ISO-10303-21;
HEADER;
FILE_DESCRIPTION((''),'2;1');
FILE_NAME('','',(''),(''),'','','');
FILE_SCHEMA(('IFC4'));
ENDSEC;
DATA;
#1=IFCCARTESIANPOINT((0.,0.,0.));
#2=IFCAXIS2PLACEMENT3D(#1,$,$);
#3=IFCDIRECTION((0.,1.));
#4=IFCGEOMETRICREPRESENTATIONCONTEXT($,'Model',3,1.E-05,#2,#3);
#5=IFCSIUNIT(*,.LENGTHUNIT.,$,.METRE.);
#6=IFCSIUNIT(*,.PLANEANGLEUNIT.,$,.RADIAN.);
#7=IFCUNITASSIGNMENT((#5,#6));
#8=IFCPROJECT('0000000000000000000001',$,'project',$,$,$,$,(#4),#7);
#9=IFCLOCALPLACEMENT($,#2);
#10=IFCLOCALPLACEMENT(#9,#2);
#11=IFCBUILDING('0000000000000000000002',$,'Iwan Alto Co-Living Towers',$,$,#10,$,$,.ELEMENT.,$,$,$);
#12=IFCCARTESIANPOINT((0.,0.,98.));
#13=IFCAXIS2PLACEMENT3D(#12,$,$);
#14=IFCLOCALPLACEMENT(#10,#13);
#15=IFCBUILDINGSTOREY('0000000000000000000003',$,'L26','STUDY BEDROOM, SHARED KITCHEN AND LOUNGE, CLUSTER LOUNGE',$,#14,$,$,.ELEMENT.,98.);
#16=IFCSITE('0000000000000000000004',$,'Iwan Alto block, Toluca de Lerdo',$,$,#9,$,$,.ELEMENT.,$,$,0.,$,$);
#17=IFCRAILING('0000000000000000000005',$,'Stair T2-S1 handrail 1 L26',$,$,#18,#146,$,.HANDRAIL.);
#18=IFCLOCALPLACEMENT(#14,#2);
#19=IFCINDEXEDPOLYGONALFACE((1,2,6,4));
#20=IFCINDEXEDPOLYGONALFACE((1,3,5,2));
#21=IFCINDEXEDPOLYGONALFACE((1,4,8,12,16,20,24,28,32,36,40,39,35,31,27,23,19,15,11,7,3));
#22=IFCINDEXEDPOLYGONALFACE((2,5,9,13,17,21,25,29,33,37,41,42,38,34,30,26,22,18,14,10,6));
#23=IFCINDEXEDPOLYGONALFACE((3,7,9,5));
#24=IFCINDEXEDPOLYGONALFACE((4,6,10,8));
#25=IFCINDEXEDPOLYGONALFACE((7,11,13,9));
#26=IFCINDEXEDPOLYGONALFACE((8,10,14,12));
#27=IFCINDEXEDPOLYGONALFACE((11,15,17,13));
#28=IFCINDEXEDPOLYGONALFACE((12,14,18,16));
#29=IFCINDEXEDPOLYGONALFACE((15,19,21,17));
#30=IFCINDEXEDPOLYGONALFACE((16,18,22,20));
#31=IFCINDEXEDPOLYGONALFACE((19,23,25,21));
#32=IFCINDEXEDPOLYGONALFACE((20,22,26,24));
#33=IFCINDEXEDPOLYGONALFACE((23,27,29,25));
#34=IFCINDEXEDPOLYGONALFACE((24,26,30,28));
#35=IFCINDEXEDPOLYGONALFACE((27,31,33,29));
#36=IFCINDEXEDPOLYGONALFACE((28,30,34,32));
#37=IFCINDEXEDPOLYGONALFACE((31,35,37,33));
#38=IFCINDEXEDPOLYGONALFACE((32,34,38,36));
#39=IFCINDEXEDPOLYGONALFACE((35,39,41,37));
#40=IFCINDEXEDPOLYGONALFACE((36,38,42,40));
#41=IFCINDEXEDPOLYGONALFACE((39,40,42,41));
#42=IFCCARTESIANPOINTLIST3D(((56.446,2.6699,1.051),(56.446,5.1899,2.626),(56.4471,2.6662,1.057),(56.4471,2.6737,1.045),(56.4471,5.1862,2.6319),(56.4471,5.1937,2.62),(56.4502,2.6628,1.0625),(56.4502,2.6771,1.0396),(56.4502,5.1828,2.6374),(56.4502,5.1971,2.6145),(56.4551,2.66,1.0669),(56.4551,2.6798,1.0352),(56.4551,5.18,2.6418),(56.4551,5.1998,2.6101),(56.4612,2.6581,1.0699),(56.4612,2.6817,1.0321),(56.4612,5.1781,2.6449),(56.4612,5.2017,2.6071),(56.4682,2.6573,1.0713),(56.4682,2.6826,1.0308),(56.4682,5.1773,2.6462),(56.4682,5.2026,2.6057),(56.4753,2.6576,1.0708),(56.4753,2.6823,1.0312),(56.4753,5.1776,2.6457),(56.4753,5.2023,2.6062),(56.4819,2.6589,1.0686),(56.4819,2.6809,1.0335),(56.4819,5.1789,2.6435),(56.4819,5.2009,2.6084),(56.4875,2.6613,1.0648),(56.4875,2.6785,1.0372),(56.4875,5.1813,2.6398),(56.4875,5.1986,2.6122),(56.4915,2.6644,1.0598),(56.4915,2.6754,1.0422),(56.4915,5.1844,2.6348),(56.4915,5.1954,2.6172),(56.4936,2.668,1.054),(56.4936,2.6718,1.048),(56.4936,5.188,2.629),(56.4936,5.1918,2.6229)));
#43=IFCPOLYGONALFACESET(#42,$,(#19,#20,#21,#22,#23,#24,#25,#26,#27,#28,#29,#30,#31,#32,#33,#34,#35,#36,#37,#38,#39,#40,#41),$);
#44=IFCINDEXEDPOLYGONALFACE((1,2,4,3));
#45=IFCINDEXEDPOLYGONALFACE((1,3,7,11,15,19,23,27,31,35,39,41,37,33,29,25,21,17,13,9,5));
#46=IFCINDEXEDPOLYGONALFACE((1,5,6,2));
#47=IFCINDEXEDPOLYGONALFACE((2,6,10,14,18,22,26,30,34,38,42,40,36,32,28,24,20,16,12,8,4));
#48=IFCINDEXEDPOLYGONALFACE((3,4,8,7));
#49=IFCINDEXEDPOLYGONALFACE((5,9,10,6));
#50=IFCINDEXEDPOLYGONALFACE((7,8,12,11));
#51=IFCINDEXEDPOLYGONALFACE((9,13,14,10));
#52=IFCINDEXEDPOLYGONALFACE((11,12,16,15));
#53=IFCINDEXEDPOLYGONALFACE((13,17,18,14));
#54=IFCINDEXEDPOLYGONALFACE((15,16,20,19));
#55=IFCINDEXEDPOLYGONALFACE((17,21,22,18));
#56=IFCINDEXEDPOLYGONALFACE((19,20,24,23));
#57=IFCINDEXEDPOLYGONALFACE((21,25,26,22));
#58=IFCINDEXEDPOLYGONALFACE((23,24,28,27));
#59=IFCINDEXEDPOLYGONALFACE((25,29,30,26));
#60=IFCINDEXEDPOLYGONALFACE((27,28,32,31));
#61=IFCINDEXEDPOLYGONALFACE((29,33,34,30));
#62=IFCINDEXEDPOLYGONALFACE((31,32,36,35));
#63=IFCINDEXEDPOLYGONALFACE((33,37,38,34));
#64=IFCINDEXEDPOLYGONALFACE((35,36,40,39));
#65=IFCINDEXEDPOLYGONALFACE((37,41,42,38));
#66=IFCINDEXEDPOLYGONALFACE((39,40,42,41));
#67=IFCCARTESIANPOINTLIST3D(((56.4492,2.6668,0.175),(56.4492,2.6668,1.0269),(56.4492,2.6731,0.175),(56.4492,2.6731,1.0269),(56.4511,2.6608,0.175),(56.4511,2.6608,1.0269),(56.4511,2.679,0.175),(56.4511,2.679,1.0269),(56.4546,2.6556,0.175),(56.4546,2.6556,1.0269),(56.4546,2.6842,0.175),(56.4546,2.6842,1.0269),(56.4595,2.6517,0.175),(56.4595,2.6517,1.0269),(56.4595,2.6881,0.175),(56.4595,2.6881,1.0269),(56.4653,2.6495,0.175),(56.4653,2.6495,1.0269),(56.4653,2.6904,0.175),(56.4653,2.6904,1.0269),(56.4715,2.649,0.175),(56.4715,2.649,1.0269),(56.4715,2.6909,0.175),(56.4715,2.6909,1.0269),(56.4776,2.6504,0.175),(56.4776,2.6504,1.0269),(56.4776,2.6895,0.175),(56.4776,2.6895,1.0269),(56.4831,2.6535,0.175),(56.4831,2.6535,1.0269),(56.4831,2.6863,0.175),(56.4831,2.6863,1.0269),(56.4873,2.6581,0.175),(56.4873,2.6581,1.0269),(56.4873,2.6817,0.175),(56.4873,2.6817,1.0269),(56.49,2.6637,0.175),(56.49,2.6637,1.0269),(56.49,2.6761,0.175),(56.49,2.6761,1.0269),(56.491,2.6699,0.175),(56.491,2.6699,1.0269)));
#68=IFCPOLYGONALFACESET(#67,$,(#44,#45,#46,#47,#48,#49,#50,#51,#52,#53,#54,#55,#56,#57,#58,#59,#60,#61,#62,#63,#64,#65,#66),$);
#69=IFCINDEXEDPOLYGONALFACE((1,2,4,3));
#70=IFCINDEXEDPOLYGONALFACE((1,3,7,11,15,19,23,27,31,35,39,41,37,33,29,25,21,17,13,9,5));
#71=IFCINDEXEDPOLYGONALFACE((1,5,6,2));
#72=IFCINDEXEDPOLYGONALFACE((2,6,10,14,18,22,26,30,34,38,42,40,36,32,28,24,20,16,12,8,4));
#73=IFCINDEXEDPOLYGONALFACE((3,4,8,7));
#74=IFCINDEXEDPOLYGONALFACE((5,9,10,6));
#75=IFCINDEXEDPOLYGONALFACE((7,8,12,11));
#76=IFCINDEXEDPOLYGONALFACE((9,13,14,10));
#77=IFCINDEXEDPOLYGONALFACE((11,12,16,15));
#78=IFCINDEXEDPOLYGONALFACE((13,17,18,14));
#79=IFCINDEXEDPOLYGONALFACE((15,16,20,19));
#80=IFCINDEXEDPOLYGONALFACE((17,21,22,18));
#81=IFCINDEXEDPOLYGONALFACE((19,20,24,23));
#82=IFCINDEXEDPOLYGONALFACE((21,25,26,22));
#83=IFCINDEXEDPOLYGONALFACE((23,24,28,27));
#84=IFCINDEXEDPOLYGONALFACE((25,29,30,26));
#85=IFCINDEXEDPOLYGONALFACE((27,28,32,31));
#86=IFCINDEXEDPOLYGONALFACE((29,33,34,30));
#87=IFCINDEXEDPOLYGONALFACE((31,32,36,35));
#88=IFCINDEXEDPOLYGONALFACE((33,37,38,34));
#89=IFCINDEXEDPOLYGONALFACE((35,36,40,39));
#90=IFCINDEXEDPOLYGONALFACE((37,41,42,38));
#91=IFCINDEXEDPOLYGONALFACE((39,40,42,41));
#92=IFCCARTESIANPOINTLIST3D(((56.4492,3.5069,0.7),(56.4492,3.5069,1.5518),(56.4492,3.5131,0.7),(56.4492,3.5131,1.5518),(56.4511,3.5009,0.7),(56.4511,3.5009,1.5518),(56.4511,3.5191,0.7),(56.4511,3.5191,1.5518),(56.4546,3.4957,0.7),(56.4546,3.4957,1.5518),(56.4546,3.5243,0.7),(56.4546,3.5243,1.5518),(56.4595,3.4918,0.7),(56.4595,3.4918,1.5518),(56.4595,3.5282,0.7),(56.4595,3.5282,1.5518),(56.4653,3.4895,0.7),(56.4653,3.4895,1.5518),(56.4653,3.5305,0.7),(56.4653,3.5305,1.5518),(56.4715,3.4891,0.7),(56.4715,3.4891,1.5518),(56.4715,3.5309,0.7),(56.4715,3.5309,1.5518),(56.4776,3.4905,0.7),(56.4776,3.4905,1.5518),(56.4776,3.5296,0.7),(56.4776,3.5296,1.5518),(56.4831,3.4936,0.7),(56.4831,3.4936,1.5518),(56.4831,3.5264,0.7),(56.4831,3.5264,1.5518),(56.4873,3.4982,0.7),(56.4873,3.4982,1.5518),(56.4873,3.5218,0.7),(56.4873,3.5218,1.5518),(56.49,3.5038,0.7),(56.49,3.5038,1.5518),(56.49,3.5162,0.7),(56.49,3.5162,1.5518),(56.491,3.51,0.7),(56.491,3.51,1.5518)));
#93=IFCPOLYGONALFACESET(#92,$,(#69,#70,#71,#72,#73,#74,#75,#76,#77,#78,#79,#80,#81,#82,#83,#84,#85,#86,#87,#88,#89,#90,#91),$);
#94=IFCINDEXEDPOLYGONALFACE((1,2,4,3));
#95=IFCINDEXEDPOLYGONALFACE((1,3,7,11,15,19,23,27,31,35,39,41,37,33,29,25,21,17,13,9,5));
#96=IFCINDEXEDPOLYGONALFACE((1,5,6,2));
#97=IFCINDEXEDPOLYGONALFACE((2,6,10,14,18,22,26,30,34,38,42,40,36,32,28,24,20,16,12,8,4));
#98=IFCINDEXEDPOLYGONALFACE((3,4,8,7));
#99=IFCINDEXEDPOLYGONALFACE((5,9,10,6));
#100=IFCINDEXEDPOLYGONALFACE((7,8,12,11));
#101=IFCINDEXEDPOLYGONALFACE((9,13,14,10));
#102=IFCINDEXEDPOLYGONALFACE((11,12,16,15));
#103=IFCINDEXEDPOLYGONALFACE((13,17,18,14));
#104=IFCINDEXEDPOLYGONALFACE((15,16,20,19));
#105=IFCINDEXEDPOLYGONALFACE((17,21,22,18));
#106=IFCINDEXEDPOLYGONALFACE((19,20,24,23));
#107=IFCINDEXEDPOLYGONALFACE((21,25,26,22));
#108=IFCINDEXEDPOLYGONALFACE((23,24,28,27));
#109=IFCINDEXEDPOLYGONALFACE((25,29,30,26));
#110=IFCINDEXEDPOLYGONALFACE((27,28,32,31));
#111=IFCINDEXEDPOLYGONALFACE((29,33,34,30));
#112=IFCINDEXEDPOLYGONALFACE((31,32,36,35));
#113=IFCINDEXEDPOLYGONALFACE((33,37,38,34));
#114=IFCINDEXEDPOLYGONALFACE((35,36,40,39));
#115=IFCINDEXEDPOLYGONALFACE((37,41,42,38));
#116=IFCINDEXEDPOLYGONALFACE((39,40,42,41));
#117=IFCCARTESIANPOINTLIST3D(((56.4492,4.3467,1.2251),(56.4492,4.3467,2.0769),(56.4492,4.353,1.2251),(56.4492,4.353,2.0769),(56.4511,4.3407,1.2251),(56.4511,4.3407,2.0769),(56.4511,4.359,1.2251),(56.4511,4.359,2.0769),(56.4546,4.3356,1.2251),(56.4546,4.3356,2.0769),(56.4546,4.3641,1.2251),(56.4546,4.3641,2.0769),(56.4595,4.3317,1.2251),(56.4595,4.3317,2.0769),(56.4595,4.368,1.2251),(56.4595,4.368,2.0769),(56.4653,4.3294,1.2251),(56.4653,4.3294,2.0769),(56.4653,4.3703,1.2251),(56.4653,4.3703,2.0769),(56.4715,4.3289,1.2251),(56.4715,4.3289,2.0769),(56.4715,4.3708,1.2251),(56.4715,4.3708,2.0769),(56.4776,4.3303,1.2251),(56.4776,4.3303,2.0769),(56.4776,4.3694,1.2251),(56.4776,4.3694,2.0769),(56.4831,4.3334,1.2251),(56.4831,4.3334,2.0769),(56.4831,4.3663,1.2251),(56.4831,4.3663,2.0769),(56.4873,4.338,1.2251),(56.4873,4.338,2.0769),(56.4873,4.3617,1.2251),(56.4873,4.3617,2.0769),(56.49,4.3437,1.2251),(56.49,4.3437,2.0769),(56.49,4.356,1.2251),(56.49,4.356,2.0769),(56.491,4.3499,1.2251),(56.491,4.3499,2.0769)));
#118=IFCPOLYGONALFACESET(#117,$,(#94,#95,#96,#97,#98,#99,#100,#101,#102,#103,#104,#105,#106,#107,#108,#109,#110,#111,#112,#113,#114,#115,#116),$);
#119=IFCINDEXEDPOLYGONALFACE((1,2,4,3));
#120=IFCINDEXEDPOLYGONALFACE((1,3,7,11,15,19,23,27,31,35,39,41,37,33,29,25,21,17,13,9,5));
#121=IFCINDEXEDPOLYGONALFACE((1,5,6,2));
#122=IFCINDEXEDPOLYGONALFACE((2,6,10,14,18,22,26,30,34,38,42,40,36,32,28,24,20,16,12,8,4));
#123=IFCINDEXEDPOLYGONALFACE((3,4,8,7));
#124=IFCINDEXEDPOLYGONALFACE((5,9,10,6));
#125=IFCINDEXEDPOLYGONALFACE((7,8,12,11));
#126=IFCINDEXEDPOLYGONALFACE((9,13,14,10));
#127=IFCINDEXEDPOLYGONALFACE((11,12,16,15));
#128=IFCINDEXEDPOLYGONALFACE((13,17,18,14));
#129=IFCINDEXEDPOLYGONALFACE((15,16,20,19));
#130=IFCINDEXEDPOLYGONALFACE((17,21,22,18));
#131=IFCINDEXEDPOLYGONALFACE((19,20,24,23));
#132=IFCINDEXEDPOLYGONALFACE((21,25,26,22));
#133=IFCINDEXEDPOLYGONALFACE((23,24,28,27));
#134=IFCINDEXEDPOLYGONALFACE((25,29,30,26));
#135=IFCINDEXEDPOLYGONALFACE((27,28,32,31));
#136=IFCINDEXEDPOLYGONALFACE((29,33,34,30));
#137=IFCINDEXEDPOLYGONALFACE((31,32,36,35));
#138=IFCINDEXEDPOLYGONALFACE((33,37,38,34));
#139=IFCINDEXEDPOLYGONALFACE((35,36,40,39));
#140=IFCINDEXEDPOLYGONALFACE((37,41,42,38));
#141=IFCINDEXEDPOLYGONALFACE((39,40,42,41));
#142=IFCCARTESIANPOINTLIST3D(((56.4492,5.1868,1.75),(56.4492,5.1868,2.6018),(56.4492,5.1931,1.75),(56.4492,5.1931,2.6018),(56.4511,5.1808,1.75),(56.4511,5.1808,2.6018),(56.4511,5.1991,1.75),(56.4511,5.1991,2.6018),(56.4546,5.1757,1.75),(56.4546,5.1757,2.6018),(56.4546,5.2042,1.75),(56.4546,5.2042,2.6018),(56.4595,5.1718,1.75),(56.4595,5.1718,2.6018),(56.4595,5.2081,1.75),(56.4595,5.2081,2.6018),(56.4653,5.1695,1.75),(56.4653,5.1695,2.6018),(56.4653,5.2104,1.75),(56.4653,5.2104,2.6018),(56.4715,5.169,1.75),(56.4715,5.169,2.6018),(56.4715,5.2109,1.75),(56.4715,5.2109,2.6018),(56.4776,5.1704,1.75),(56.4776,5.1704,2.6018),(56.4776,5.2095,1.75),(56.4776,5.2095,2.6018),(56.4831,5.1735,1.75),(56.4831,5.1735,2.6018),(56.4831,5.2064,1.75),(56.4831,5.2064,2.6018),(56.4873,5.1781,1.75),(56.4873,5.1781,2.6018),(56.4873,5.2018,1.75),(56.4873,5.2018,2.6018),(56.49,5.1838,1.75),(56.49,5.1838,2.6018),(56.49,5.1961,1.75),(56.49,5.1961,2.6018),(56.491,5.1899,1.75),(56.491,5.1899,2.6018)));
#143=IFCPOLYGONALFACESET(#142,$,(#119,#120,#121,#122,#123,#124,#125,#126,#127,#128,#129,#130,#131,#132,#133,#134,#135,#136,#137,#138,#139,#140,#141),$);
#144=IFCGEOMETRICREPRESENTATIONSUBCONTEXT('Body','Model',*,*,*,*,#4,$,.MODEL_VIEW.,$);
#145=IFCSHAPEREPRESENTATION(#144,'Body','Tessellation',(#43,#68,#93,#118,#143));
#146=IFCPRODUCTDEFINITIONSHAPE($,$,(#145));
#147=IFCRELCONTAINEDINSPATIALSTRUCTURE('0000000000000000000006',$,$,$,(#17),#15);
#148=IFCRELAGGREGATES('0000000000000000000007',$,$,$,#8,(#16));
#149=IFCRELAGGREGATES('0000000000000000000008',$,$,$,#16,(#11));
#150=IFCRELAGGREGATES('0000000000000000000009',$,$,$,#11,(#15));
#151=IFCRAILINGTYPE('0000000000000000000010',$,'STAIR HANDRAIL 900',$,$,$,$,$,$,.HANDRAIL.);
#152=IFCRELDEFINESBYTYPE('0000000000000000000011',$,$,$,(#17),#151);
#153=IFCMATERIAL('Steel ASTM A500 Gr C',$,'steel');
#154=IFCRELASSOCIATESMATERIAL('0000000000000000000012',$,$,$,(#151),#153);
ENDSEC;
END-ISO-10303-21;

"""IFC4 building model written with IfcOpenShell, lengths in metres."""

from ifc_helpers import new_model, si_unit, direction, frame, origin, origin_2d, place, context, subcontext, project, spatial, circle, extrude, material, type_object, element, save


model = new_model("IFC4")

# Units and contexts
model_context = context("Model", 3, precision=1e-05, world=origin(), true_north=direction((0.0, 1.0)))
body_context = subcontext(model_context, "Body", "Model", "MODEL_VIEW")
ifc_project = project(units=[si_unit("LENGTHUNIT", "METRE"), si_unit("PLANEANGLEUNIT", "RADIAN")], contexts=[model_context])

# Site, building, storey
site_placement = place(None, origin())
site = spatial("IfcSite", under=ifc_project, at=site_placement, Name="Iwan Alto block, Toluca de Lerdo", CompositionType="ELEMENT", RefElevation=0.0)
building_placement = place(site_placement, origin())
building = spatial("IfcBuilding", under=site, at=building_placement, Name="Iwan Alto Co-Living Towers", CompositionType="ELEMENT")
storey_placement = place(building_placement, frame((0.0, 0.0, 98.0)))
storey = spatial("IfcBuildingStorey", under=building, at=storey_placement, Name="L26", Description="STUDY BEDROOM, SHARED KITCHEN AND LOUNGE, CLUSTER LOUNGE", CompositionType="ELEMENT", Elevation=98.0)

# Railing
ifc_material_1 = material(Name="Steel ASTM A500 Gr C", Category="steel")
railing_type_1 = type_object("IfcRailingType", Name="STAIR HANDRAIL 900", PredefinedType="HANDRAIL", material=ifc_material_1)
railing_1_placement = place(storey_placement, frame((56.47, 2.6699, 0.175)))
element("IfcRailing", 1, at=railing_1_placement, inside=storey, type_object=railing_type_1, Name="Stair T2-S1 handrail 1 L26", PredefinedType="HANDRAIL", context=body_context, shape_type="SweptSolid", body=[
    extrude(circle(Radius=0.0239, at=origin_2d()), frame((0.0, 0.0, 0.876), z_axis=(0.0, 0.848008, 0.529984), x_axis=(-1.0, 0.0, 0.0)), (0.0, 0.0, 1.0), 2.9717),
    extrude(circle(Radius=0.021, at=origin_2d()), origin(), (0.0, 0.0, 1.0), 0.8518),
    extrude(circle(Radius=0.021, at=origin_2d()), frame((0.0, 0.8401, 0.5249)), (0.0, 0.0, 1.0), 0.8518),
    extrude(circle(Radius=0.021, at=origin_2d()), frame((0.0, 1.6799, 1.05)), (0.0, 0.0, 1.0), 0.8518),
    extrude(circle(Radius=0.021, at=origin_2d()), frame((0.0, 2.52, 1.575)), (0.0, 0.0, 1.0), 0.8518),
])

save(model, "model.ifc")
